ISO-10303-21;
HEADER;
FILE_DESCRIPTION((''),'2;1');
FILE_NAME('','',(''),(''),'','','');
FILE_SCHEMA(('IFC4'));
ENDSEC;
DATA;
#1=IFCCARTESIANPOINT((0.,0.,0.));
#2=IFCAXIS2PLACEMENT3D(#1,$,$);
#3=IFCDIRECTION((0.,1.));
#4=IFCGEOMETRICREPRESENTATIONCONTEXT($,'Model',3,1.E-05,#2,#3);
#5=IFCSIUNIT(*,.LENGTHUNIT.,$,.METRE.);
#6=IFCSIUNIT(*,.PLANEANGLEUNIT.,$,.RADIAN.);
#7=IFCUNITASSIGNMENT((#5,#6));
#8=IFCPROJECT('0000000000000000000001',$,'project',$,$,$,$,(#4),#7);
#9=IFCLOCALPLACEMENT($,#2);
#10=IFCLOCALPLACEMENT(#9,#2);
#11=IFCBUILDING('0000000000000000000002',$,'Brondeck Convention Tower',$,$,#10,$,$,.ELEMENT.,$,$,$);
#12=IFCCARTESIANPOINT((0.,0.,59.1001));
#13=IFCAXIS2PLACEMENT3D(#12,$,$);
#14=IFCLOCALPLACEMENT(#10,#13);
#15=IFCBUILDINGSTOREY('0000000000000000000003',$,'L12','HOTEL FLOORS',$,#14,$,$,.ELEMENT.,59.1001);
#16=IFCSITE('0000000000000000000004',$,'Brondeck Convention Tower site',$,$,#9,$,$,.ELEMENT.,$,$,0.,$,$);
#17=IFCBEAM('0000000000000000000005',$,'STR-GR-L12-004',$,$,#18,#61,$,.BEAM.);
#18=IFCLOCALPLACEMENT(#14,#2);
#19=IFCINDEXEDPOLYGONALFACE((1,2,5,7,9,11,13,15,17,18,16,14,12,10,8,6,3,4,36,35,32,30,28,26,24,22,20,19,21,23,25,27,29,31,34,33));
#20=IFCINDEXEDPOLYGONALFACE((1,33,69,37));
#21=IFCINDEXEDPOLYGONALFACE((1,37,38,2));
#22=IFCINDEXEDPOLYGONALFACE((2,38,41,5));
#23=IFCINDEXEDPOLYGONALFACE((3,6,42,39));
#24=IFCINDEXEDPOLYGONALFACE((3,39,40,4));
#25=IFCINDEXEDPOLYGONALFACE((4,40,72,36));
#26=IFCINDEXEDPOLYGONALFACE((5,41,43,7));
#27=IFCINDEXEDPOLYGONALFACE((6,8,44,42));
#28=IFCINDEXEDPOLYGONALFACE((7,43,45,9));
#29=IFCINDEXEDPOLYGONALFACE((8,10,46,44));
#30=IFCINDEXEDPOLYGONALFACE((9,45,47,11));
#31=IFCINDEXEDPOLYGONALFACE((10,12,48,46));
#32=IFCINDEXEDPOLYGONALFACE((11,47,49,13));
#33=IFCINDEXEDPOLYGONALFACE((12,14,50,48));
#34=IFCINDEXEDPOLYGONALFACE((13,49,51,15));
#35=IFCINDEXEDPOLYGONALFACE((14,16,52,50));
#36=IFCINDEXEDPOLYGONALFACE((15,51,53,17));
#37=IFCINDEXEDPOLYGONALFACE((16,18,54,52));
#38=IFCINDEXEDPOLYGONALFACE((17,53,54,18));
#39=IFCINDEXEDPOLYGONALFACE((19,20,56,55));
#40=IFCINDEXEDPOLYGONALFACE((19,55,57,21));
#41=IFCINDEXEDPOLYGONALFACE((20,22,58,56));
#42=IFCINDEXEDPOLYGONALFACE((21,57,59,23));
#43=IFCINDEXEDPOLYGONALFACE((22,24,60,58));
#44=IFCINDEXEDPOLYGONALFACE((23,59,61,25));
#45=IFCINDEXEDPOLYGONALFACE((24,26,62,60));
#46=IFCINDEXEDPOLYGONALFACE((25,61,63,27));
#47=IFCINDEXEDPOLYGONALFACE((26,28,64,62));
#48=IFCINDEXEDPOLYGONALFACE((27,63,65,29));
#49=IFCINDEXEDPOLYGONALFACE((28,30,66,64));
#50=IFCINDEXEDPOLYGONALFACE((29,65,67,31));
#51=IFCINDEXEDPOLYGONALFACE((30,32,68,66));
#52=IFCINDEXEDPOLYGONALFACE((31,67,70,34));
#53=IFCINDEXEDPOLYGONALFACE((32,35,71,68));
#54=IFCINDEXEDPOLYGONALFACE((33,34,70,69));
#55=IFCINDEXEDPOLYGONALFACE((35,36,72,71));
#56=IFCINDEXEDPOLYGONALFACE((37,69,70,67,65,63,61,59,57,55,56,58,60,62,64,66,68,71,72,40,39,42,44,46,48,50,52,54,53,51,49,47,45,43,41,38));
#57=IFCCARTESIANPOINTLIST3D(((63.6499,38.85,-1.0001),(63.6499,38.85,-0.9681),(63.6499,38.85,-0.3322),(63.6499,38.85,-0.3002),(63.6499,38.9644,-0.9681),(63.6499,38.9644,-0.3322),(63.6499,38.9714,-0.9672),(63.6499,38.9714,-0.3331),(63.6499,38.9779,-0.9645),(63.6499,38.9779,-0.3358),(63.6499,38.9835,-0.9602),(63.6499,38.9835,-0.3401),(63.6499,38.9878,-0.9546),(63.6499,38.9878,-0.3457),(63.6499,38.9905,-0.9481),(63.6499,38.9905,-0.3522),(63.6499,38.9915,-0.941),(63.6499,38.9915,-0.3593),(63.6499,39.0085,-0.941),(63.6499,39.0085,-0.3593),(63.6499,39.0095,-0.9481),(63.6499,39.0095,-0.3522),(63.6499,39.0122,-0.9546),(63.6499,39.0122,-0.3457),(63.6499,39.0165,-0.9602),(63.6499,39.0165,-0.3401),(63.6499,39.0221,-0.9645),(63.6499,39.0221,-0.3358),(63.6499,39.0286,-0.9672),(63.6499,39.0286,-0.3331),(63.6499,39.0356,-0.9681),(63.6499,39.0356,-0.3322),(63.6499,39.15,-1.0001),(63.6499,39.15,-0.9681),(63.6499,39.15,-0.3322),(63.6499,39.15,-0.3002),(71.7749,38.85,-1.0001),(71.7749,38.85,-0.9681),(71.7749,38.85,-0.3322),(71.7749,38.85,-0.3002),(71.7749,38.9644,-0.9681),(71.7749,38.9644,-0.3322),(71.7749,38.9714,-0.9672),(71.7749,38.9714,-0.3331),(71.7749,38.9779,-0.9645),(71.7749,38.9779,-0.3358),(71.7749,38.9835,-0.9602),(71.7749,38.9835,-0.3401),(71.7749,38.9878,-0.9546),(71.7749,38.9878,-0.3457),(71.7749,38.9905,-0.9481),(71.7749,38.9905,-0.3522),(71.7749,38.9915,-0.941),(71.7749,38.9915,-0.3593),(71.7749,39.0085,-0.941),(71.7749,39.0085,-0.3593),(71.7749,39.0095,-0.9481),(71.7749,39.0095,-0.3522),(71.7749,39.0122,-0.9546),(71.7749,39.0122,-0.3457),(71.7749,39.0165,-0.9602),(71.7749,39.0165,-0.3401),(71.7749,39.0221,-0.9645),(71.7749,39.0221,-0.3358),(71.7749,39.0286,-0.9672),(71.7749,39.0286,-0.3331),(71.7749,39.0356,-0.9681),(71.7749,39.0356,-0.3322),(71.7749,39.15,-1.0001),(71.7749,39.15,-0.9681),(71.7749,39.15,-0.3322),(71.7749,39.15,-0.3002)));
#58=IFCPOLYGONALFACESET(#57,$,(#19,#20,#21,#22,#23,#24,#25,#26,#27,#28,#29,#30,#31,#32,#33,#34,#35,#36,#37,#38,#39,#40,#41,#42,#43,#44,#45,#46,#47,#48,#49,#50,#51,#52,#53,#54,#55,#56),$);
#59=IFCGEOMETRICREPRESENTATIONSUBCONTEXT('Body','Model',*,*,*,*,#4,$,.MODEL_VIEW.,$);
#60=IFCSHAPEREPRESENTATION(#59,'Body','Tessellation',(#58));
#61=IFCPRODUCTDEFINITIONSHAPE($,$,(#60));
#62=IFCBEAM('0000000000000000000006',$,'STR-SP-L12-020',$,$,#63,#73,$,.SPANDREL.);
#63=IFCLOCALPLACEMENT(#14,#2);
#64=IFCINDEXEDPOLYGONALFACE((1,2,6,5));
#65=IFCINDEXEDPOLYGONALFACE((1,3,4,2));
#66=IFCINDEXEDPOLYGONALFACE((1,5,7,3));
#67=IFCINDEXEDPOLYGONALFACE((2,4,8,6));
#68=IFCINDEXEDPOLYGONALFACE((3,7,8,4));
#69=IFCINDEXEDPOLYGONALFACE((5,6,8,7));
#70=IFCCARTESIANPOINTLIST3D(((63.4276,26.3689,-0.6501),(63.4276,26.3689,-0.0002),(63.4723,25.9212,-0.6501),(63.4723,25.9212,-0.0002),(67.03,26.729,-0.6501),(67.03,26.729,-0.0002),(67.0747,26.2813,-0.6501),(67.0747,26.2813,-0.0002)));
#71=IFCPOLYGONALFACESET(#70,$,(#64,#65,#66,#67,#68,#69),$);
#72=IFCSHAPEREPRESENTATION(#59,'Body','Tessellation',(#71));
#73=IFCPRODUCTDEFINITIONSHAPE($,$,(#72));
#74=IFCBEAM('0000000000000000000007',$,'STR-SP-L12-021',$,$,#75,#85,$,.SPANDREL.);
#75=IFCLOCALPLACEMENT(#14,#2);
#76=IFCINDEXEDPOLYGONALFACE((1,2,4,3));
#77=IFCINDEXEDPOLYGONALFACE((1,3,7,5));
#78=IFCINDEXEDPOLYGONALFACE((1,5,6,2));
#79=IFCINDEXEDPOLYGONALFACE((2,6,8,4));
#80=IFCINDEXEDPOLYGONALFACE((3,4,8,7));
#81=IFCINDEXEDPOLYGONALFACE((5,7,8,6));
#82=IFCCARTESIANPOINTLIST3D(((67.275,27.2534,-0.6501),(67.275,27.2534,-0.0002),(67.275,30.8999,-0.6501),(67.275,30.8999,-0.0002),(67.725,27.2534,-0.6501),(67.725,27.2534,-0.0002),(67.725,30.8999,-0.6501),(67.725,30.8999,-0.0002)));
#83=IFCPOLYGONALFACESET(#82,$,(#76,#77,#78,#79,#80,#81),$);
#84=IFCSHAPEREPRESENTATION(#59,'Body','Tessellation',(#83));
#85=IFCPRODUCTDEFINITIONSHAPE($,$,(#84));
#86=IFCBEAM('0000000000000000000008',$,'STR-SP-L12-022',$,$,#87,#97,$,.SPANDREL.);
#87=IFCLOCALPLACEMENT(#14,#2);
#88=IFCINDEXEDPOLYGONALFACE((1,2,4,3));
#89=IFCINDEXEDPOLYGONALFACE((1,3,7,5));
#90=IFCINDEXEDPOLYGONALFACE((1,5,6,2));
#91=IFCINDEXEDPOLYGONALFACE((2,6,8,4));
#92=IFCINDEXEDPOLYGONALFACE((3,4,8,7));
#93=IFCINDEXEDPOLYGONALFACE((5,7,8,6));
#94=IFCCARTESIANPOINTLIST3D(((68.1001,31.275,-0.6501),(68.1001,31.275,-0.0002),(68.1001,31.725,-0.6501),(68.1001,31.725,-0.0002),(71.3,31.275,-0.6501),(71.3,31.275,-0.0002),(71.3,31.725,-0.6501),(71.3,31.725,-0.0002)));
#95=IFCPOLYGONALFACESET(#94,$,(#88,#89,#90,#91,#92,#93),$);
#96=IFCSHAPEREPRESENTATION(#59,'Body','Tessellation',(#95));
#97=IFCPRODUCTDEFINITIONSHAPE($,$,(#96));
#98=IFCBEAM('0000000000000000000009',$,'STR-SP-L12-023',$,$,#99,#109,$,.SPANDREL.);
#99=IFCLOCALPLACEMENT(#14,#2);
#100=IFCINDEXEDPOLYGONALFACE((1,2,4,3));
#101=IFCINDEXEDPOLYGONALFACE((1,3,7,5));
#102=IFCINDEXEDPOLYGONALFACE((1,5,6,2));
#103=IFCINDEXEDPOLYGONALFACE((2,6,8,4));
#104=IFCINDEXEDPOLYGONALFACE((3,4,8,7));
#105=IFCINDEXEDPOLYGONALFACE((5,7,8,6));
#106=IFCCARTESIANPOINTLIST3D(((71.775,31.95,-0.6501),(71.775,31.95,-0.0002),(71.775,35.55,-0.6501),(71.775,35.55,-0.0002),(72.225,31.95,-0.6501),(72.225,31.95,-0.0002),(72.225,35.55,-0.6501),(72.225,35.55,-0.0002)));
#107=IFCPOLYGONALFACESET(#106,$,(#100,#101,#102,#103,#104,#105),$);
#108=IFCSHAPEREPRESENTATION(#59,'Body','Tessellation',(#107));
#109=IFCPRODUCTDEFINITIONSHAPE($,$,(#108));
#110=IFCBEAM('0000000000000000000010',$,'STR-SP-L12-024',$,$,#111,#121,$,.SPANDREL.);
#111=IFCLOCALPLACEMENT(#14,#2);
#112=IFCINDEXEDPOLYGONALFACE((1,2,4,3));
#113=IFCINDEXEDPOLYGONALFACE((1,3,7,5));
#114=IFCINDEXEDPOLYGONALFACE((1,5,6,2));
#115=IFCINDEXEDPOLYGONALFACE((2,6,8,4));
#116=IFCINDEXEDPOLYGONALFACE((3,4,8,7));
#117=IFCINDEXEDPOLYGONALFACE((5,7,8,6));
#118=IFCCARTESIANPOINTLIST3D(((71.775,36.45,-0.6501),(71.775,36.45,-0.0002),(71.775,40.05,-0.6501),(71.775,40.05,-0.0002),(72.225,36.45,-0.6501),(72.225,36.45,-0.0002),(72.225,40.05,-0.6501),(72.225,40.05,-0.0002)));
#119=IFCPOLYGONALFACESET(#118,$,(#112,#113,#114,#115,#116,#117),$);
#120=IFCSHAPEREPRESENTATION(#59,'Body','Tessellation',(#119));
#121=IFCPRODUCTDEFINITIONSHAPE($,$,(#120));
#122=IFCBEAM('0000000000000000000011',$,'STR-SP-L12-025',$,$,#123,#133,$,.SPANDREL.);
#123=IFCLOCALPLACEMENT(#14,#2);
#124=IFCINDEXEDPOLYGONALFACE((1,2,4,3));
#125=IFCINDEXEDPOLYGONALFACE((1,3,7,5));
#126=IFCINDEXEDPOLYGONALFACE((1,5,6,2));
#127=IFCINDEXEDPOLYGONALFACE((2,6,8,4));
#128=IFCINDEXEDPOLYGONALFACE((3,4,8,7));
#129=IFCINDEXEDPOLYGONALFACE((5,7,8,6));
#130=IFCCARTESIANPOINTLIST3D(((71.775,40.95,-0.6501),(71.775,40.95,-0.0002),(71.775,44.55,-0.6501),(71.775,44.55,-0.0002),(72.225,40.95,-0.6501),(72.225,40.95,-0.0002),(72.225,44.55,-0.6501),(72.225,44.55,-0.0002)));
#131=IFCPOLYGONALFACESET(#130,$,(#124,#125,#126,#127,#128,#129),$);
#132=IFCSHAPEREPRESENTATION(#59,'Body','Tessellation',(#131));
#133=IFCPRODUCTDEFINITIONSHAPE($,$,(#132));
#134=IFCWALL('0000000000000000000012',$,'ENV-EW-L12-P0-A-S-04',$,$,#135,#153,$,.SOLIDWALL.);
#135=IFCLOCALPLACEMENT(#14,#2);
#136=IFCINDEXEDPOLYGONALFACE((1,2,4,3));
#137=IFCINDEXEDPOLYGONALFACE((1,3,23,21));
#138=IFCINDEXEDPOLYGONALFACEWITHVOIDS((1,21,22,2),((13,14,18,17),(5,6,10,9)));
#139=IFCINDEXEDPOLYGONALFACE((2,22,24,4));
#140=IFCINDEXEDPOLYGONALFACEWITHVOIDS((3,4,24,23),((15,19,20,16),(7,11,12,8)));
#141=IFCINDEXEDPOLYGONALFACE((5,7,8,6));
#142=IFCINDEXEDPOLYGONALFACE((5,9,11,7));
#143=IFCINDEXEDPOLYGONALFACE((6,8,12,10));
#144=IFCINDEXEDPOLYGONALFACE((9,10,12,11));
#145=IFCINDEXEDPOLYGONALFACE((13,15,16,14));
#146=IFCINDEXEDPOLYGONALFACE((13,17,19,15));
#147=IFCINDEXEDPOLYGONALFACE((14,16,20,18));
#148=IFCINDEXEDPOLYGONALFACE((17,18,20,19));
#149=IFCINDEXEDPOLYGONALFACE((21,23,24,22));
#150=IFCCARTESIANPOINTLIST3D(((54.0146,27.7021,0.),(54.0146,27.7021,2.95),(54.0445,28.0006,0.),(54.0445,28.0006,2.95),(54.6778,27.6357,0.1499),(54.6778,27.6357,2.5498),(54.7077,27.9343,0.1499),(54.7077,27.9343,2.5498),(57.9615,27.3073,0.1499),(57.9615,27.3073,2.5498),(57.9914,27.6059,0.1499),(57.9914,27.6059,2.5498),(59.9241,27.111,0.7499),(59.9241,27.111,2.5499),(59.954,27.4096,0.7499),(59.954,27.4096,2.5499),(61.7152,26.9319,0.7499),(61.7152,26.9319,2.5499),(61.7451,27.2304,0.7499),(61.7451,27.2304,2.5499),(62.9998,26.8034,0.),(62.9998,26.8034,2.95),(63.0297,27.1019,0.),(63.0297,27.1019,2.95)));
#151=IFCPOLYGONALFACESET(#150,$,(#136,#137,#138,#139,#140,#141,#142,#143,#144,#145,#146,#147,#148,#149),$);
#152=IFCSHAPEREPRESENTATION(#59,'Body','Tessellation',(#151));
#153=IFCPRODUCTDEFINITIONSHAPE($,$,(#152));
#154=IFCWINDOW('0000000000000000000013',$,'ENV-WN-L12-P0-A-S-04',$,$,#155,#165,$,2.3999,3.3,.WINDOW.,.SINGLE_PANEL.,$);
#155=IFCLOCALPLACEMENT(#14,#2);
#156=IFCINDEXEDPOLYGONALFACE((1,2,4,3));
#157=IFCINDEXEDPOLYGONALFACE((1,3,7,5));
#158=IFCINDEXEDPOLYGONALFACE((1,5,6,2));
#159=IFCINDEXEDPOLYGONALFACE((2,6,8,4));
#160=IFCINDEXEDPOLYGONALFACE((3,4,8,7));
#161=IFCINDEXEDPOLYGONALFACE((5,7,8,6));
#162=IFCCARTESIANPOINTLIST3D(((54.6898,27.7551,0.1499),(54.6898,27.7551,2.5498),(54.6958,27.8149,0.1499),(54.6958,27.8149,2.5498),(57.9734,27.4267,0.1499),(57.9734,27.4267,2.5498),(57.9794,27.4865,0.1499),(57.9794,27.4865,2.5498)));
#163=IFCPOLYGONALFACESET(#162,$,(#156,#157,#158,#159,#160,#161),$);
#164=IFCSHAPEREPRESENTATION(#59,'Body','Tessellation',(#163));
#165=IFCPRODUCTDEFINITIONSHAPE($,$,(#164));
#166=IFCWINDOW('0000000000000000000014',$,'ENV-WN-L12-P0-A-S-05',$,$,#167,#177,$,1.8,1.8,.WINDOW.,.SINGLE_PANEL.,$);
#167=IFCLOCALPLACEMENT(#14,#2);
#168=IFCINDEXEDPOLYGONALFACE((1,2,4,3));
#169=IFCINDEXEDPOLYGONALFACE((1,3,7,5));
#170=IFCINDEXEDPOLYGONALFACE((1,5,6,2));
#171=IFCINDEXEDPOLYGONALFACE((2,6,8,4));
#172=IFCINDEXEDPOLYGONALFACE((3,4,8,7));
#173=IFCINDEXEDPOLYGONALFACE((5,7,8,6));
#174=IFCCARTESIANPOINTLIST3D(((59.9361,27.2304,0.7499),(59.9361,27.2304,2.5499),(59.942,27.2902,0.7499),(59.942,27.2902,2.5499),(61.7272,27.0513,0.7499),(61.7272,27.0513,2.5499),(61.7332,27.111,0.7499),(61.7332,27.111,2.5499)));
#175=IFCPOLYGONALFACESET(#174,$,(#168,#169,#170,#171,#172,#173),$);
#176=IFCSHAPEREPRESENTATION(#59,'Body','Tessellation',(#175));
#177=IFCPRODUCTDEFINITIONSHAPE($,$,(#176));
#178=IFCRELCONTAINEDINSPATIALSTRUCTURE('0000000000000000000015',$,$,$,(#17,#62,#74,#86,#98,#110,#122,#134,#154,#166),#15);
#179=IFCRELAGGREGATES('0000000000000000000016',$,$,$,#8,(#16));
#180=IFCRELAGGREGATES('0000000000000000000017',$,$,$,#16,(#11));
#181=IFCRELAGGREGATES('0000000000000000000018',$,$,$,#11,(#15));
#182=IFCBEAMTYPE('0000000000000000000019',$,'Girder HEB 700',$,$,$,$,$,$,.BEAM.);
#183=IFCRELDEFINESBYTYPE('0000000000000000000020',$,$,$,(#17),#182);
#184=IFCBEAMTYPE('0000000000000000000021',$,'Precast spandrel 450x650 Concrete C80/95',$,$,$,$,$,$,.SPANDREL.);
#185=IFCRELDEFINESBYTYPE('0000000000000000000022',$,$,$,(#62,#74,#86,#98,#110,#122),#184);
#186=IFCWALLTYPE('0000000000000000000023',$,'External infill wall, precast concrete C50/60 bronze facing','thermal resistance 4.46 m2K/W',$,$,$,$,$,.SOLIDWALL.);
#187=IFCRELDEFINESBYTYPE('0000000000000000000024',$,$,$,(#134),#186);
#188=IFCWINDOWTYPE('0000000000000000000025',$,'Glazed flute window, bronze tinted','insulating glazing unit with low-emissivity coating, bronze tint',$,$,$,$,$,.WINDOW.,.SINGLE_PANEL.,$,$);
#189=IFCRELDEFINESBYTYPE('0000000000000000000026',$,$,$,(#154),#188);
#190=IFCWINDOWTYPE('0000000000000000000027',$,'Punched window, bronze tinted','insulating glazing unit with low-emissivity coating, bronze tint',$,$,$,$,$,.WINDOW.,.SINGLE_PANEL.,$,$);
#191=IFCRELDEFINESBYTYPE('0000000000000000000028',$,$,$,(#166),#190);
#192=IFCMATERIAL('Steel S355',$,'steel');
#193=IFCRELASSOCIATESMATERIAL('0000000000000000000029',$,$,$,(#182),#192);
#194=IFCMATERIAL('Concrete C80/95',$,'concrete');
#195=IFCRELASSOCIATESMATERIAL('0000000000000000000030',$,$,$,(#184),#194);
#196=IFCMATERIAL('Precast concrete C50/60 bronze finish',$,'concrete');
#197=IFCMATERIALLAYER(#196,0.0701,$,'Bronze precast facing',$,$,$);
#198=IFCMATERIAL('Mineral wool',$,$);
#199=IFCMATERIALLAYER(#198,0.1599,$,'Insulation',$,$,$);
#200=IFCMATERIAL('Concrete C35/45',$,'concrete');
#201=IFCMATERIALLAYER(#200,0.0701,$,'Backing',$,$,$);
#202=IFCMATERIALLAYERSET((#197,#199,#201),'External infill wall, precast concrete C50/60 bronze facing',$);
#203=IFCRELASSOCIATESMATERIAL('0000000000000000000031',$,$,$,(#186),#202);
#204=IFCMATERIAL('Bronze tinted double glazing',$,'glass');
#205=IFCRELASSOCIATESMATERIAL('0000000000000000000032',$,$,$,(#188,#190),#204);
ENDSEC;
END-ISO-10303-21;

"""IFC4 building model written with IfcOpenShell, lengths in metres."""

from ifc_helpers import new_model, si_unit, direction, frame, frame_2d, origin, origin_2d, place, context, subcontext, project, spatial, rectangle, i_section, extrude, material, layer, layer_set, material_profile, profile_set, type_object, element, fill, save


model = new_model("IFC4")

# Units and contexts
model_context = context("Model", 3, precision=1e-05, world=origin(), true_north=direction((0.0, 1.0)))
body_context = subcontext(model_context, "Body", "Model", "MODEL_VIEW")
ifc_project = project(units=[si_unit("LENGTHUNIT", "METRE"), si_unit("PLANEANGLEUNIT", "RADIAN")], contexts=[model_context])

# Site, building, storey
site_placement = place(None, origin())
site = spatial("IfcSite", under=ifc_project, at=site_placement, Name="Brondeck Convention Tower site", CompositionType="ELEMENT", RefElevation=0.0)
building_placement = place(site_placement, origin())
building = spatial("IfcBuilding", under=site, at=building_placement, Name="Brondeck Convention Tower", CompositionType="ELEMENT")
storey_placement = place(building_placement, frame((0.0, 0.0, 59.1001)))
storey = spatial("IfcBuildingStorey", under=building, at=storey_placement, Name="L12", Description="HOTEL FLOORS", CompositionType="ELEMENT", Elevation=59.1001)

# Shared definitions
ifc_material_1 = material(Name="Concrete C80/95", Category="concrete")

# Beams
ifc_material_2 = material(Name="Steel S355", Category="steel")
ifc_material_profile_1 = material_profile(ifc_material_2, i_section(OverallWidth=0.3, OverallDepth=0.7, WebThickness=0.0171, FlangeThickness=0.032, FilletRadius=0.0271, at=origin_2d()), Name="HEB 700")
ifc_profile_set_1 = profile_set([ifc_material_profile_1], Name="Steel S355")
beam_type_1 = type_object("IfcBeamType", Name="Girder HEB 700", PredefinedType="BEAM", material=ifc_profile_set_1)
beam_1_placement = place(storey_placement, frame((63.6499, 39.0, -0.6501), z_axis=(1.0, 0.0, 0.0), x_axis=(0.0, 1.0, 0.0)))
element("IfcBeam", 1, at=beam_1_placement, inside=storey, type_object=beam_type_1, Name="STR-GR-L12-004", PredefinedType="BEAM", context=body_context, shape_type="SweptSolid", body=[
    extrude(i_section(OverallWidth=0.3, OverallDepth=0.7, WebThickness=0.0171, FlangeThickness=0.032, FilletRadius=0.0271, at=origin_2d()), origin(), (0.0, 0.0, 1.0), 8.125),
])
ifc_material_profile_2 = material_profile(ifc_material_1, rectangle(XDim=0.45, YDim=0.6499, at=origin_2d()), Name="Precast spandrel 450x650 Concrete C80/95")
ifc_profile_set_2 = profile_set([ifc_material_profile_2], Name="Concrete C80/95")
beam_type_2 = type_object("IfcBeamType", Name="Precast spandrel 450x650 Concrete C80/95", PredefinedType="SPANDREL", material=ifc_profile_set_2)
beam_2_placement = place(storey_placement, frame((63.45, 26.145, -0.3252), z_axis=(0.995041, 0.09947, 0.0), x_axis=(-0.09947, 0.995041, 0.0)))
element("IfcBeam", 2, at=beam_2_placement, inside=storey, type_object=beam_type_2, Name="STR-SP-L12-020", PredefinedType="SPANDREL", context=body_context, shape_type="SweptSolid", body=[
    extrude(rectangle(XDim=0.45, YDim=0.6499, at=origin_2d()), origin(), (0.0, 0.0, 1.0), 3.6204),
])
beam_3_placement = place(storey_placement, frame((67.5, 27.2534, -0.3252), z_axis=(0.0, 1.0, 0.0), x_axis=(-1.0, 0.0, 0.0)))
element("IfcBeam", 3, at=beam_3_placement, inside=storey, type_object=beam_type_2, Name="STR-SP-L12-021", PredefinedType="SPANDREL", context=body_context, shape_type="SweptSolid", body=[
    extrude(rectangle(XDim=0.45, YDim=0.6499, at=origin_2d()), origin(), (0.0, 0.0, 1.0), 3.6465),
])
beam_4_placement = place(storey_placement, frame((68.1001, 31.5, -0.3252), z_axis=(1.0, 0.0, 0.0), x_axis=(0.0, 1.0, 0.0)))
element("IfcBeam", 4, at=beam_4_placement, inside=storey, type_object=beam_type_2, Name="STR-SP-L12-022", PredefinedType="SPANDREL", context=body_context, shape_type="SweptSolid", body=[
    extrude(rectangle(XDim=0.45, YDim=0.6499, at=origin_2d()), origin(), (0.0, 0.0, 1.0), 3.2),
])
for number, where, z_axis, x_axis, name in (
    (5, (72.0, 31.95, -0.3252), (0.0, 1.0, 0.0), (-1.0, 0.0, 0.0), "STR-SP-L12-023"),
    (6, (72.0, 36.45, -0.3252), (0.0, 1.0, 0.0), (-1.0, 0.0, 0.0), "STR-SP-L12-024"),
    (7, (72.0, 40.95, -0.3252), (0.0, 1.0, 0.0), (-1.0, 0.0, 0.0), "STR-SP-L12-025"),
):
    element("IfcBeam", number, at=place(storey_placement, frame(where, z_axis=z_axis, x_axis=x_axis)), inside=storey, type_object=beam_type_2, Name=name, PredefinedType="SPANDREL", context=body_context, shape_type="SweptSolid", body=[
        extrude(rectangle(XDim=0.45, YDim=0.6499, at=origin_2d()), origin(), (0.0, 0.0, 1.0), 3.6001),
    ])

# Wall, openings, windows
ifc_material_3 = material(Name="Precast concrete C50/60 bronze finish", Category="concrete")
ifc_layer_1 = layer(ifc_material_3, 0.0701, Name="Bronze precast facing")
ifc_material_4 = material(Name="Mineral wool")
ifc_layer_2 = layer(ifc_material_4, 0.1599, Name="Insulation")
ifc_material_5 = material(Name="Concrete C35/45", Category="concrete")
ifc_layer_3 = layer(ifc_material_5, 0.0701, Name="Backing")
ifc_layer_set_1 = layer_set([ifc_layer_1, ifc_layer_2, ifc_layer_3], Name="External infill wall, precast concrete C50/60 bronze facing")
wall_type_1 = type_object("IfcWallType", Name="External infill wall, precast concrete C50/60 bronze facing", Description="thermal resistance 4.46 m2K/W", PredefinedType="SOLIDWALL", material=ifc_layer_set_1)
wall_1_placement = place(storey_placement, frame((63.0149, 26.9526, 0.0), z_axis=(0.0, 0.0, 1.0), x_axis=(-0.995035, 0.099522, 0.0)))
wall_1 = element("IfcWall", 8, at=wall_1_placement, inside=storey, type_object=wall_type_1, Name="ENV-EW-L12-P0-A-S-04", PredefinedType="SOLIDWALL", context=body_context, shape_type="SweptSolid", body=[
    extrude(rectangle(XDim=9.03, YDim=0.3, at=frame_2d((4.5151, 0.0))), origin(), (0.0, 0.0, 1.0), 2.95),
])
opening_1_placement = place(wall_1_placement, frame((1.2913, 0.0, 0.75)))
opening_1 = element("IfcOpeningElement", 9, at=opening_1_placement, cuts=wall_1, PredefinedType="OPENING", context=body_context, shape_type="SweptSolid", body=[
    extrude(rectangle(XDim=1.8, YDim=1.8, at=frame_2d((0.8999, 0.8999))), frame((0.0, 0.1599, 0.0), z_axis=(0.0, -1.0, 0.0), x_axis=(1.0, 0.0, 0.0)), (0.0, 0.0, 1.0), 0.3201),
])
opening_2_placement = place(wall_1_placement, frame((5.0637, 0.0, 0.1499)))
opening_2 = element("IfcOpeningElement", 10, at=opening_2_placement, cuts=wall_1, PredefinedType="OPENING", context=body_context, shape_type="SweptSolid", body=[
    extrude(rectangle(XDim=3.3, YDim=2.3999, at=frame_2d((1.6499, 1.2))), frame((0.0, 0.1599, 0.0), z_axis=(0.0, -1.0, 0.0), x_axis=(1.0, 0.0, 0.0)), (0.0, 0.0, 1.0), 0.3201),
])
ifc_material_6 = material(Name="Bronze tinted double glazing", Category="glass")
window_type_1 = type_object("IfcWindowType", Name="Glazed flute window, bronze tinted", Description="insulating glazing unit with low-emissivity coating, bronze tint", PartitioningType="SINGLE_PANEL", PredefinedType="WINDOW", material=ifc_material_6)
window_1_placement = place(opening_2_placement, origin())
window_1 = element("IfcWindow", 11, at=window_1_placement, inside=storey, type_object=window_type_1, Name="ENV-WN-L12-P0-A-S-04", OverallHeight=2.3999, OverallWidth=3.3, PartitioningType="SINGLE_PANEL", PredefinedType="WINDOW", context=body_context, shape_type="SweptSolid", body=[
    extrude(rectangle(XDim=3.3, YDim=2.3999, at=frame_2d((1.6499, 1.2))), frame((0.0, 0.03, 0.0), z_axis=(0.0, -1.0, 0.0), x_axis=(1.0, 0.0, 0.0)), (0.0, 0.0, 1.0), 0.0601),
])
fill(opening_2, window_1)
window_type_2 = type_object("IfcWindowType", Name="Punched window, bronze tinted", Description="insulating glazing unit with low-emissivity coating, bronze tint", PartitioningType="SINGLE_PANEL", PredefinedType="WINDOW", material=ifc_material_6)
window_2_placement = place(opening_1_placement, origin())
window_2 = element("IfcWindow", 12, at=window_2_placement, inside=storey, type_object=window_type_2, Name="ENV-WN-L12-P0-A-S-05", OverallHeight=1.8, OverallWidth=1.8, PartitioningType="SINGLE_PANEL", PredefinedType="WINDOW", context=body_context, shape_type="SweptSolid", body=[
    extrude(rectangle(XDim=1.8, YDim=1.8, at=frame_2d((0.8999, 0.8999))), frame((0.0, 0.03, 0.0), z_axis=(0.0, -1.0, 0.0), x_axis=(1.0, 0.0, 0.0)), (0.0, 0.0, 1.0), 0.0601),
])
fill(opening_1, window_2)

save(model, "model.ifc")
